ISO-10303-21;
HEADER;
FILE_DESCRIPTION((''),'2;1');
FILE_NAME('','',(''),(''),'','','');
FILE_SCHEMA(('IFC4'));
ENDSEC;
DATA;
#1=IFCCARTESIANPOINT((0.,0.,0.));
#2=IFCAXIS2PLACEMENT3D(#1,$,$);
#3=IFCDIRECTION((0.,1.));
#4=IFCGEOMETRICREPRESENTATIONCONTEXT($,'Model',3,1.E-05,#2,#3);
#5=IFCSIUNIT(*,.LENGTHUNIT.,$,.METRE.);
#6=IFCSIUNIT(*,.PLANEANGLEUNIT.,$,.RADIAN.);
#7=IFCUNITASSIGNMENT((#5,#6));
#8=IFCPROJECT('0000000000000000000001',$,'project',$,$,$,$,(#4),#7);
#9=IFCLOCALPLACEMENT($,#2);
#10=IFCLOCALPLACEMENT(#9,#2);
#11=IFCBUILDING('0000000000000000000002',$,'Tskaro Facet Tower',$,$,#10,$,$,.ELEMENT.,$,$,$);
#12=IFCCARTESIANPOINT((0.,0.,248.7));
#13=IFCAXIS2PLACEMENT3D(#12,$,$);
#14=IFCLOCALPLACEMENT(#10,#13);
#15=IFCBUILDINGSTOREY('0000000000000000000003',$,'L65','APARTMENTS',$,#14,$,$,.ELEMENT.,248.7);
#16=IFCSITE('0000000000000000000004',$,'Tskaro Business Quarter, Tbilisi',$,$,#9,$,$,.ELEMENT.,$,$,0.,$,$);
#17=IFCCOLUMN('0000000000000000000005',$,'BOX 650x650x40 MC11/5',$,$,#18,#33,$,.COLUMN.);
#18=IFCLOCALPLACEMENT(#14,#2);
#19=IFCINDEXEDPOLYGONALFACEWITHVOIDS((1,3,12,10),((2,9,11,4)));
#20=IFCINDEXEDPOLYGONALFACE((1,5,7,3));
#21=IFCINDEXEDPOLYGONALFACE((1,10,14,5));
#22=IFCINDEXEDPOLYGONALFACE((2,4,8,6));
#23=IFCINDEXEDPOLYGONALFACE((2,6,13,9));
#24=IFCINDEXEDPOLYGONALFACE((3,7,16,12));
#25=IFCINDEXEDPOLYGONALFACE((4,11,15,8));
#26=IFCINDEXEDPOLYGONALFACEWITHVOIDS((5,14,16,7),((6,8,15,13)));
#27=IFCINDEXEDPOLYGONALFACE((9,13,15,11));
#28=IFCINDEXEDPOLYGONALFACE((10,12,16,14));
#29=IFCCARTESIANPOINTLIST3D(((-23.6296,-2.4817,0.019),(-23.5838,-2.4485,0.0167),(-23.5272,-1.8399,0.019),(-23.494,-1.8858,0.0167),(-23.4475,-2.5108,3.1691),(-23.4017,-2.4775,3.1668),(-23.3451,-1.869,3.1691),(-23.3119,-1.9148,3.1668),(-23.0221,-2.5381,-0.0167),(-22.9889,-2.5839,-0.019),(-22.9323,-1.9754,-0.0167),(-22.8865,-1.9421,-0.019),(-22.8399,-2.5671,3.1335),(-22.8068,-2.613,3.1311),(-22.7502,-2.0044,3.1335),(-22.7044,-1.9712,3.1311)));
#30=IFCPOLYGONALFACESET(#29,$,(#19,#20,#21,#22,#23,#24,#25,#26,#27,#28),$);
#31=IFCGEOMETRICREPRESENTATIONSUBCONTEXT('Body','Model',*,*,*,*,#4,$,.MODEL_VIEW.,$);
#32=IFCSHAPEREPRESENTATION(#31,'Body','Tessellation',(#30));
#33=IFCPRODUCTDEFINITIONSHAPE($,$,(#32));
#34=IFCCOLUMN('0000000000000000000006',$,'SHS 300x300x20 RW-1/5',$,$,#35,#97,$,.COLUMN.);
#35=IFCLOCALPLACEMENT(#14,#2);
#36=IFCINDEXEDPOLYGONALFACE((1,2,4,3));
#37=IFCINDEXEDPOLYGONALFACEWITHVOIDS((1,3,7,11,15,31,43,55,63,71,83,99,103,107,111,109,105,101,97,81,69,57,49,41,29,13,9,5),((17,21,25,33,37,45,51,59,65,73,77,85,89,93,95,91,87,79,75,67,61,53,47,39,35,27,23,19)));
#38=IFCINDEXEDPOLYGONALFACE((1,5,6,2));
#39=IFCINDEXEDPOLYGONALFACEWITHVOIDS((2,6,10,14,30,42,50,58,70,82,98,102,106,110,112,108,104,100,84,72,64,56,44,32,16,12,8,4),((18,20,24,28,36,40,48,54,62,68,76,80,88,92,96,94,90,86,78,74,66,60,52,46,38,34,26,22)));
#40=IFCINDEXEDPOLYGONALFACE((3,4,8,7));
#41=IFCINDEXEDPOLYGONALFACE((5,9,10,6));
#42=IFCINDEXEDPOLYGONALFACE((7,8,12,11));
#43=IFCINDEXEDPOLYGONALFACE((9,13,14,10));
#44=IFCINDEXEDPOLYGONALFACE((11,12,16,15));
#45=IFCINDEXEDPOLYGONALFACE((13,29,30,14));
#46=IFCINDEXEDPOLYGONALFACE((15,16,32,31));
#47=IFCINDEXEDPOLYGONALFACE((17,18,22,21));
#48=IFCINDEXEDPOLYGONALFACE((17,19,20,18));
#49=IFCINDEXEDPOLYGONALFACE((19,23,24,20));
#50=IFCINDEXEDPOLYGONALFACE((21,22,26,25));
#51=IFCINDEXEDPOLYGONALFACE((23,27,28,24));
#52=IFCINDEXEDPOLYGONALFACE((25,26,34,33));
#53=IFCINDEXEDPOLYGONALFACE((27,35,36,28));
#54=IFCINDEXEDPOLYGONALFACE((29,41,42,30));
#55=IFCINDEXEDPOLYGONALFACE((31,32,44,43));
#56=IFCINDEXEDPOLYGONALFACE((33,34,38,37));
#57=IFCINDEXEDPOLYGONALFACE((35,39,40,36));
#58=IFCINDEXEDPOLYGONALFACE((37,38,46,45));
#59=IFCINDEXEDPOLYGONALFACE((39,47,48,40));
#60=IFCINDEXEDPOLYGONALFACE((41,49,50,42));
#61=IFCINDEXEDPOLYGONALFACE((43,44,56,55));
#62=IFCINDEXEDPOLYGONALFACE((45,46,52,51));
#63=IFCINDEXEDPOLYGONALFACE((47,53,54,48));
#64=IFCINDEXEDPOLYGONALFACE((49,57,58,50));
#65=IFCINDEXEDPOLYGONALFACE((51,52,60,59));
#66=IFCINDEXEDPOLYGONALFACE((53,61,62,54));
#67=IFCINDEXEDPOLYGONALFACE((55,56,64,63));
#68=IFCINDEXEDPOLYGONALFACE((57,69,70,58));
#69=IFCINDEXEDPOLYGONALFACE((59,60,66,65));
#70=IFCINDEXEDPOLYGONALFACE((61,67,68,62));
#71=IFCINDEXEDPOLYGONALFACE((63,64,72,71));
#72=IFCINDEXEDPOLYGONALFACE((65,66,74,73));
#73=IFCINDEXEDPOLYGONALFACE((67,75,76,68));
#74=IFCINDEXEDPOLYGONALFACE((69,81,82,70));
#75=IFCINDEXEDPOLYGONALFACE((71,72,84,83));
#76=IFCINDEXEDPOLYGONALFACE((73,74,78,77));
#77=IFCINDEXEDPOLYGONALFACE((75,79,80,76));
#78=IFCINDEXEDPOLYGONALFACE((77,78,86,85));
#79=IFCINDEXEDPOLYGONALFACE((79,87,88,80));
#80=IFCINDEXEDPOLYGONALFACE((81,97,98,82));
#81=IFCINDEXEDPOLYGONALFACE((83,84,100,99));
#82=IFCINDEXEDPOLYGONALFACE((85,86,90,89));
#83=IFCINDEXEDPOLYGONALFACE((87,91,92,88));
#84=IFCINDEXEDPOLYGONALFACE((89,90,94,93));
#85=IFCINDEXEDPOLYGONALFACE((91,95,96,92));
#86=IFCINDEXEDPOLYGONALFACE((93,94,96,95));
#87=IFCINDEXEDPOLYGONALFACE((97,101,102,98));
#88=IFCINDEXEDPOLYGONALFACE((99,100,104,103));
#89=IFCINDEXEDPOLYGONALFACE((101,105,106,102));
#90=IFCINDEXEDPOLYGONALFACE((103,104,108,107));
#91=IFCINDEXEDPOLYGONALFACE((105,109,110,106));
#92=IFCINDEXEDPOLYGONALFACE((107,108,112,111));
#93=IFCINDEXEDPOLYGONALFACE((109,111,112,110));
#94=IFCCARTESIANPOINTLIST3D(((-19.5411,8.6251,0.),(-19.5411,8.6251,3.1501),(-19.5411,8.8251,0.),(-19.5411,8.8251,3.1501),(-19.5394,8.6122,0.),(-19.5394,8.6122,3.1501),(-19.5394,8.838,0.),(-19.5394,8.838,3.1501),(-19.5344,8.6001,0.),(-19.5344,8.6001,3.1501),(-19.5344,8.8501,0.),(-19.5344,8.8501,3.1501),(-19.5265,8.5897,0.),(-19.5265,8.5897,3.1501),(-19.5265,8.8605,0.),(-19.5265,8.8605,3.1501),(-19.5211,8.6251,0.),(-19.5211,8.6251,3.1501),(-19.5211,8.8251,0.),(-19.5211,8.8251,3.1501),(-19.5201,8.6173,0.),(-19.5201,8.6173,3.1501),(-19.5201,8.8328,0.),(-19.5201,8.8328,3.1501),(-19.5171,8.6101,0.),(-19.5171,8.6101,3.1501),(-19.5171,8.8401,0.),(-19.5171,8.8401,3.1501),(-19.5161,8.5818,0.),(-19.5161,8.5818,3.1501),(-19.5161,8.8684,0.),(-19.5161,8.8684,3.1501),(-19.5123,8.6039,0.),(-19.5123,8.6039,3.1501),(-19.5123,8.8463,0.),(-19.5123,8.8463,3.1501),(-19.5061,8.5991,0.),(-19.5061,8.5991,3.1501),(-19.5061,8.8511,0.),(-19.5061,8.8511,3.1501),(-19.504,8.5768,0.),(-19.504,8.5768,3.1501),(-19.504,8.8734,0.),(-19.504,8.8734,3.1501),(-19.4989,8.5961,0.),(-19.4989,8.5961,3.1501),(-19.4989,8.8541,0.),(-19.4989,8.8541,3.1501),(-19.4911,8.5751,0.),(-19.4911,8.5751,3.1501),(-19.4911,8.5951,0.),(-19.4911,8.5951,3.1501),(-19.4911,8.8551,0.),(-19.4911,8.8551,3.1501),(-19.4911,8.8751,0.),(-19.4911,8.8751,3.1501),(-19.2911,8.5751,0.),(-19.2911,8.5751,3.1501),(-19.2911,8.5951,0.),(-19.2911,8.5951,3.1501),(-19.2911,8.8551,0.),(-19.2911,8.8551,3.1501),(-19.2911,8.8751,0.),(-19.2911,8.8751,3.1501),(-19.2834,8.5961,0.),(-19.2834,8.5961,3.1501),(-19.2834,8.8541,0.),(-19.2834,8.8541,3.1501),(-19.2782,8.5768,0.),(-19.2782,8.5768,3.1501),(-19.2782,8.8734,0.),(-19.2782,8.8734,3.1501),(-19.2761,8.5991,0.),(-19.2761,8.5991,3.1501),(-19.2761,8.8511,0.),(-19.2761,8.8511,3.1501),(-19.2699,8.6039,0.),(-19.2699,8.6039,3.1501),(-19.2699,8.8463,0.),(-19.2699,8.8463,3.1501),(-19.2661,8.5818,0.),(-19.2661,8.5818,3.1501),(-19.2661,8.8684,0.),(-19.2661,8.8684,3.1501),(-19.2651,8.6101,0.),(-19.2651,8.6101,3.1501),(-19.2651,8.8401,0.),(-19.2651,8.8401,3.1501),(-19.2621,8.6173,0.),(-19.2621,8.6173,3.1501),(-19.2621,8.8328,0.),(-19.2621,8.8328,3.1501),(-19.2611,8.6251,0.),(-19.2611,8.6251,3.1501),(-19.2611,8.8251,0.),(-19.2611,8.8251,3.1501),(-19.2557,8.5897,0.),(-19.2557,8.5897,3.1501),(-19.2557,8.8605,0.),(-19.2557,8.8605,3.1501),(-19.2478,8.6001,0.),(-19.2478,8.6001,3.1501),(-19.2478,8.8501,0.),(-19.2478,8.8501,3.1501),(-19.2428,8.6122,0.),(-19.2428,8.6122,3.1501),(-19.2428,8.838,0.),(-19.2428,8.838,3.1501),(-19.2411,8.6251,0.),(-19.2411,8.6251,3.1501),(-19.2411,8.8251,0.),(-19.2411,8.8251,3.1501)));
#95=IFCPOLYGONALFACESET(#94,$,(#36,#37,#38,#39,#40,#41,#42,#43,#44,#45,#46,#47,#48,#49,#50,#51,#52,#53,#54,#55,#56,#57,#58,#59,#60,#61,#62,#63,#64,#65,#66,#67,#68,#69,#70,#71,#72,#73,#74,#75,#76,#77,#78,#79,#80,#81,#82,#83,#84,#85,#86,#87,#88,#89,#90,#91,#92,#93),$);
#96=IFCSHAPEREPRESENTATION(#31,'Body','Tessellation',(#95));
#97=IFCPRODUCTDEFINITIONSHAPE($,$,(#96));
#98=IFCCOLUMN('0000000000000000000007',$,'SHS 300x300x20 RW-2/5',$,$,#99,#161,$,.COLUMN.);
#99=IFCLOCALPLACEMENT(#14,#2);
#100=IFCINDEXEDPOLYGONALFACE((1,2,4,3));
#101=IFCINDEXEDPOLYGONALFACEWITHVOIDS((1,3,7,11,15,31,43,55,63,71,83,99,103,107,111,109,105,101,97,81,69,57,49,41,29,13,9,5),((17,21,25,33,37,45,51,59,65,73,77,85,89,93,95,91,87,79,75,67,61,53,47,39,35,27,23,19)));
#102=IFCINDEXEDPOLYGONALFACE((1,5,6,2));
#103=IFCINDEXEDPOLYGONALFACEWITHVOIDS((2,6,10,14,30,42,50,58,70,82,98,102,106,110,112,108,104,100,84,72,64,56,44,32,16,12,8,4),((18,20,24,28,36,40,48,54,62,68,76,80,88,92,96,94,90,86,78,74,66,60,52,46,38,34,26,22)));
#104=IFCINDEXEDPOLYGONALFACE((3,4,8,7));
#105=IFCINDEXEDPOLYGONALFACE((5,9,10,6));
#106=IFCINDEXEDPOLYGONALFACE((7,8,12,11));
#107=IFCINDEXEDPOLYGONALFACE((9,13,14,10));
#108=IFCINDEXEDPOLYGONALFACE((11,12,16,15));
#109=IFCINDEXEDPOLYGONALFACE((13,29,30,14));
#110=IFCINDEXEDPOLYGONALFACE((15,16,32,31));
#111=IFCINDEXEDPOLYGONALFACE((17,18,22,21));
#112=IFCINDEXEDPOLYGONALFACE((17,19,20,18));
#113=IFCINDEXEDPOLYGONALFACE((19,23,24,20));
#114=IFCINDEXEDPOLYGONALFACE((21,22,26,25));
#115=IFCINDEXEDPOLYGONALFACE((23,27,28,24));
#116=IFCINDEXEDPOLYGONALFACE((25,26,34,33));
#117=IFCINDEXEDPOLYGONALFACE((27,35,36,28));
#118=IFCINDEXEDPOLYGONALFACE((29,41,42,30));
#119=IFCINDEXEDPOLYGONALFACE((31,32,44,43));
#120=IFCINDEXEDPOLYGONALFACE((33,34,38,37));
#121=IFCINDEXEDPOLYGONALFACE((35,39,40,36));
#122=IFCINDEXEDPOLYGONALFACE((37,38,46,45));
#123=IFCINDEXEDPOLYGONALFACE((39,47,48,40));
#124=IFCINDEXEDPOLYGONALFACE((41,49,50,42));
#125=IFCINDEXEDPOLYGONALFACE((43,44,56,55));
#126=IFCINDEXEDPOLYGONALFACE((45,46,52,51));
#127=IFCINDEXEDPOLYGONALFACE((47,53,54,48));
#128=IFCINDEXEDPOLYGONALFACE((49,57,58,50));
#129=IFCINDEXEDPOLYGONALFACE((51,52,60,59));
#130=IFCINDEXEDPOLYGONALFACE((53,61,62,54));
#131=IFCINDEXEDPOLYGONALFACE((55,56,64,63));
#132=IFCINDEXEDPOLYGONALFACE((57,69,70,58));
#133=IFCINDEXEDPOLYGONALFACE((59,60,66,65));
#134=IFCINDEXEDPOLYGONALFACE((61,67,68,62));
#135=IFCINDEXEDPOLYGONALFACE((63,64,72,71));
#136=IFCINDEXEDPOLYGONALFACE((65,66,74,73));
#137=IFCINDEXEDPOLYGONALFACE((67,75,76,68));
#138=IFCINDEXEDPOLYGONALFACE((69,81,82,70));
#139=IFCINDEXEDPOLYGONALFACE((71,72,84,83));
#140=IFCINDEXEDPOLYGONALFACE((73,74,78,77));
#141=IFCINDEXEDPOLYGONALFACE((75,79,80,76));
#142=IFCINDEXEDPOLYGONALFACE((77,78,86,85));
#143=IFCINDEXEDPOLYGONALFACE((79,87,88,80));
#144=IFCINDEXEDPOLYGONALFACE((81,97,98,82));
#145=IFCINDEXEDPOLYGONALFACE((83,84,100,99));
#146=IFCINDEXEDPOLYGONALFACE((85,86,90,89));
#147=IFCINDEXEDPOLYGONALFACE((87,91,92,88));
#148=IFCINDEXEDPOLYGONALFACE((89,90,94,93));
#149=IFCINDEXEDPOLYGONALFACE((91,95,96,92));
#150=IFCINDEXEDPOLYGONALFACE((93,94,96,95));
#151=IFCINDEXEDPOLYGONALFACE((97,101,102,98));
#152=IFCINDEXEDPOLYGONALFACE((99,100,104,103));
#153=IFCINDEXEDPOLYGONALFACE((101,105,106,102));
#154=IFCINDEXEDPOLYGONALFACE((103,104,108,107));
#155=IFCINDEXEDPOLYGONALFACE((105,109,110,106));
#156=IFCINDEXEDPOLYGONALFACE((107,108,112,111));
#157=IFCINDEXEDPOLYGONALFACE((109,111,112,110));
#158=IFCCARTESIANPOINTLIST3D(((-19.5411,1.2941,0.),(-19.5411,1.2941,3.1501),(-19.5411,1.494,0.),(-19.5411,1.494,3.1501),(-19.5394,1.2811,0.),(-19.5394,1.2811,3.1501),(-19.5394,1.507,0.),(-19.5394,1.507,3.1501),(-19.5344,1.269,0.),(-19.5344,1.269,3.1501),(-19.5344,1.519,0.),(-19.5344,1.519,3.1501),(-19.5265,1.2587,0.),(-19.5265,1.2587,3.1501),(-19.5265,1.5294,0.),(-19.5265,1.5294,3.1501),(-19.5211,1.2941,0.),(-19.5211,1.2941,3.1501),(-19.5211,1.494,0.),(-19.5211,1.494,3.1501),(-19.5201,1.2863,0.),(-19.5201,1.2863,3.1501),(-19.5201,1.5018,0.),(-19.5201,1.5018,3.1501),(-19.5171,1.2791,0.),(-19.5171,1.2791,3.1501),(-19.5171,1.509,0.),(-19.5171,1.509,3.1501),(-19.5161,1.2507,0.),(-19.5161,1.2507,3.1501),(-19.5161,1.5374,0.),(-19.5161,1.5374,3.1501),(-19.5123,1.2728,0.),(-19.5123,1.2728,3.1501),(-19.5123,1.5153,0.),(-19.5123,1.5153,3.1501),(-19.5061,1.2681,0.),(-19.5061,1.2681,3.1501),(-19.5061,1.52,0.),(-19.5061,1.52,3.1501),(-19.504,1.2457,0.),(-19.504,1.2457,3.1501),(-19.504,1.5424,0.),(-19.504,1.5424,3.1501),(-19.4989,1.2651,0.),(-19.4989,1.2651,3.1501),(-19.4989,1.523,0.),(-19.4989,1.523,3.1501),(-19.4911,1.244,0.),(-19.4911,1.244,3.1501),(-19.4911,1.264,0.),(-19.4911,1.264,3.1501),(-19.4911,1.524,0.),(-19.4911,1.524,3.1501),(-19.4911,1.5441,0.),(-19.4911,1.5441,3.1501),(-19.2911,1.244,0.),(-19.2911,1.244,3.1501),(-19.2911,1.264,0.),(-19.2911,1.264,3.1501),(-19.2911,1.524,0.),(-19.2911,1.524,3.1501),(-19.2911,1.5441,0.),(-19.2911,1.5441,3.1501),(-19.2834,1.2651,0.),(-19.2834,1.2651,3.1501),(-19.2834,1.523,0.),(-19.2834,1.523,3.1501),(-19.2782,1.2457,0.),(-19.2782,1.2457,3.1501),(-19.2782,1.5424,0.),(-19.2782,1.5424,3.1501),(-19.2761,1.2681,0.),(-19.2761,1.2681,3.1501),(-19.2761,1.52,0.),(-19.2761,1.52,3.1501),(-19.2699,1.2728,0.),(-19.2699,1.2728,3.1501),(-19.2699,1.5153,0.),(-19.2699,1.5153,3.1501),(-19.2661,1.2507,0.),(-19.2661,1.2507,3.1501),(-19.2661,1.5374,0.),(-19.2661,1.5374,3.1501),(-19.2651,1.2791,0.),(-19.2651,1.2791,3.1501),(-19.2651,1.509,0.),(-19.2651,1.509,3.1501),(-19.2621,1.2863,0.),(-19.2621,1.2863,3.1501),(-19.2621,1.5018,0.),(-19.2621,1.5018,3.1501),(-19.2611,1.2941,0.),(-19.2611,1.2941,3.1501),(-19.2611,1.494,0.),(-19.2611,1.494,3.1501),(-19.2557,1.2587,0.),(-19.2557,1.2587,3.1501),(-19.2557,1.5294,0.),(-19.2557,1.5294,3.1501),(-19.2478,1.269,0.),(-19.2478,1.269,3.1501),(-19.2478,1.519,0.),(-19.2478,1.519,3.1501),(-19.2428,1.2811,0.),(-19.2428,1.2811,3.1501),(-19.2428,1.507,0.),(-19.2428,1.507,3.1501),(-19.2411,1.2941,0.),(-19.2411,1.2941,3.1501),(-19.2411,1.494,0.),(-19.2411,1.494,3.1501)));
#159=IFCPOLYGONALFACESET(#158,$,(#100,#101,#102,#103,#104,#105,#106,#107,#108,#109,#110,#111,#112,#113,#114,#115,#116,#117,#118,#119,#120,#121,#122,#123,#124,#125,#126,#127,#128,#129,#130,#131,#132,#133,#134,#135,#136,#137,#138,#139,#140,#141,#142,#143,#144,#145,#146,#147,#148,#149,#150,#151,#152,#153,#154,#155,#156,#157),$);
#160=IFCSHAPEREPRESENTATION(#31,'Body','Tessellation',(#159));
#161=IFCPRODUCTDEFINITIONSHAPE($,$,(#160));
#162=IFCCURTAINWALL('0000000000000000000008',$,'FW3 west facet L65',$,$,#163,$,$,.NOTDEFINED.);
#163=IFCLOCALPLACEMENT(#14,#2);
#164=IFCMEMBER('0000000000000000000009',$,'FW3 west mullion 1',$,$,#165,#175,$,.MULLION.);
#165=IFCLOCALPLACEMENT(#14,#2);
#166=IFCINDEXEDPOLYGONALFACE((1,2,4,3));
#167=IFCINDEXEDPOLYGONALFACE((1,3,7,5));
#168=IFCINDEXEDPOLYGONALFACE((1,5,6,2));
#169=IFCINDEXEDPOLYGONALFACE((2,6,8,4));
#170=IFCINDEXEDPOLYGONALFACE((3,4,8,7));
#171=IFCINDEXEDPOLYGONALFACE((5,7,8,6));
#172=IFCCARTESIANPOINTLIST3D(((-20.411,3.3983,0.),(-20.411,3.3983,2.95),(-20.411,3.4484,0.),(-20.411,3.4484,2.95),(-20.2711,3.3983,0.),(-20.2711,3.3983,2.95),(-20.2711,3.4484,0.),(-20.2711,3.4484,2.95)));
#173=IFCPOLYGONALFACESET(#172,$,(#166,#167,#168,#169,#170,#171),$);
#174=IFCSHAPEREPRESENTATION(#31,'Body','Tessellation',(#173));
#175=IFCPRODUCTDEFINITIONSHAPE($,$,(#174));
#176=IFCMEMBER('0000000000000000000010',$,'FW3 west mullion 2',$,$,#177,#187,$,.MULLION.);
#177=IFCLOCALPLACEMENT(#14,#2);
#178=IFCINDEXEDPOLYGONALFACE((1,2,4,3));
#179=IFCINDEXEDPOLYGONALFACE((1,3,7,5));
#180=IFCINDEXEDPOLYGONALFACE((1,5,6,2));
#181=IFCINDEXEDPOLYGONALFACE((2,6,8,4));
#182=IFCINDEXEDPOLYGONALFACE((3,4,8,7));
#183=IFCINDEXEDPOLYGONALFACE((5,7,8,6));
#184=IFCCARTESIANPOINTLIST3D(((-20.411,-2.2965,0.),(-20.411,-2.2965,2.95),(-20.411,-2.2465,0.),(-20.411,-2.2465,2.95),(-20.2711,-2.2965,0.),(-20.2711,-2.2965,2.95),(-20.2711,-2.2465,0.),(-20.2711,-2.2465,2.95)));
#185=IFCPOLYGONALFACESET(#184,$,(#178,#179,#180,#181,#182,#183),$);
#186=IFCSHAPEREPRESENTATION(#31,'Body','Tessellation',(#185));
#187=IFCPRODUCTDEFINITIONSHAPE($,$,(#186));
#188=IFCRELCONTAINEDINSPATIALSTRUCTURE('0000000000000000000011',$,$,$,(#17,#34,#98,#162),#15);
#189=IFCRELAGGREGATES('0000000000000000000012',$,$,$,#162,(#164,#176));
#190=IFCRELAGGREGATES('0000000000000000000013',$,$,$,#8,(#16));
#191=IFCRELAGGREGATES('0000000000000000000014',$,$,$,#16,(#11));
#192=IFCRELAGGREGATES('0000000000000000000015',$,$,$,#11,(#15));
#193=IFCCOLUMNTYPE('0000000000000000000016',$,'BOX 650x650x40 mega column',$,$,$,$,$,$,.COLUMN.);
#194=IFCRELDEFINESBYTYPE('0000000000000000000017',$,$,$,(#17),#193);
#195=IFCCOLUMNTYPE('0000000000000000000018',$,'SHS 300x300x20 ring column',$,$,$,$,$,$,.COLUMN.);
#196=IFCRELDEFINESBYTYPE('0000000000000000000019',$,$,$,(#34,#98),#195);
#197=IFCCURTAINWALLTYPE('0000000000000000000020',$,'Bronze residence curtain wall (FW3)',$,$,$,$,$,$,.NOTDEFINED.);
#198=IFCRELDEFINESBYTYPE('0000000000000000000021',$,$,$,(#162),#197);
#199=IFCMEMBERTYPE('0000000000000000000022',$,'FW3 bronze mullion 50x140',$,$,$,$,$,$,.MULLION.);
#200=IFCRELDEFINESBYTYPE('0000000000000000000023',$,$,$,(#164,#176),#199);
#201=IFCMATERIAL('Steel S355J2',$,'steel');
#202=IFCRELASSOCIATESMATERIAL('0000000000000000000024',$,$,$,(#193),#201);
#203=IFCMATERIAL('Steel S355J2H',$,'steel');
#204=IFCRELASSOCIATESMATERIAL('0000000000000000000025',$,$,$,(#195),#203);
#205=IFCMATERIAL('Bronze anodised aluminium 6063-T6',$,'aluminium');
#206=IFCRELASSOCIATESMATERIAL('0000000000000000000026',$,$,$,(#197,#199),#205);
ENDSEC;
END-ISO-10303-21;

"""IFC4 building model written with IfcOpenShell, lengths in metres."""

from ifc_helpers import new_model, si_unit, direction, frame, origin, origin_2d, place, context, subcontext, project, spatial, rectangle, hollow_rectangle, extrude, material, material_profile, profile_set, type_object, element, aggregate, save


model = new_model("IFC4")

# Units and contexts
model_context = context("Model", 3, precision=1e-05, world=origin(), true_north=direction((0.0, 1.0)))
body_context = subcontext(model_context, "Body", "Model", "MODEL_VIEW")
ifc_project = project(units=[si_unit("LENGTHUNIT", "METRE"), si_unit("PLANEANGLEUNIT", "RADIAN")], contexts=[model_context])

# Site, building, storey
site_placement = place(None, origin())
site = spatial("IfcSite", under=ifc_project, at=site_placement, Name="Tskaro Business Quarter, Tbilisi", CompositionType="ELEMENT", RefElevation=0.0)
building_placement = place(site_placement, origin())
building = spatial("IfcBuilding", under=site, at=building_placement, Name="Tskaro Facet Tower", CompositionType="ELEMENT")
storey_placement = place(building_placement, frame((0.0, 0.0, 248.7)))
storey = spatial("IfcBuildingStorey", under=building, at=storey_placement, Name="L65", Description="APARTMENTS", CompositionType="ELEMENT", Elevation=248.7)

# Columns
ifc_material_1 = material(Name="Steel S355J2", Category="steel")
ifc_material_profile_1 = material_profile(ifc_material_1, hollow_rectangle(XDim=0.6499, YDim=0.6499, WallThickness=0.04, at=origin_2d()), Name="BOX 650x650x40")
ifc_profile_set_1 = profile_set([ifc_material_profile_1], Name="Steel S355J2")
column_type_1 = type_object("IfcColumnType", Name="BOX 650x650x40 mega column", PredefinedType="COLUMN", material=ifc_profile_set_1)
column_placement = place(storey_placement, frame((-23.2581, -2.2119, 0.0), z_axis=(0.057717, -0.009207, 0.998291), x_axis=(0.157526, 0.987515, 0.0)))
element("IfcColumn", 1, at=column_placement, inside=storey, type_object=column_type_1, Name="BOX 650x650x40 MC11/5", PredefinedType="COLUMN", context=body_context, shape_type="SweptSolid", body=[
    extrude(hollow_rectangle(XDim=0.6499, YDim=0.6499, WallThickness=0.04, at=origin_2d()), origin(), (0.0, 0.0, 1.0), 3.1555),
])
ifc_material_2 = material(Name="Steel S355J2H", Category="steel")
ifc_material_profile_2 = material_profile(ifc_material_2, hollow_rectangle(XDim=0.3, YDim=0.3, WallThickness=0.02, InnerFilletRadius=0.03, OuterFilletRadius=0.05, at=origin_2d()), Name="SHS 300x300x20")
ifc_profile_set_2 = profile_set([ifc_material_profile_2], Name="Steel S355J2H")
column_type_2 = type_object("IfcColumnType", Name="SHS 300x300x20 ring column", PredefinedType="COLUMN", material=ifc_profile_set_2)
for number, where, z_axis, x_axis, name in (
    (2, (-19.3911, 8.7251, 0.0), (0.0, 0.0, 1.0), (1.0, 0.0, 0.0), "SHS 300x300x20 RW-1/5"),
    (3, (-19.3911, 1.394, 0.0), (0.0, 0.0, 1.0), (1.0, 0.0, 0.0), "SHS 300x300x20 RW-2/5"),
):
    element("IfcColumn", number, at=place(storey_placement, frame(where, z_axis=z_axis, x_axis=x_axis)), inside=storey, type_object=column_type_2, Name=name, PredefinedType="COLUMN", context=body_context, shape_type="SweptSolid", body=[
        extrude(hollow_rectangle(XDim=0.3, YDim=0.3, WallThickness=0.02, InnerFilletRadius=0.03, OuterFilletRadius=0.05, at=origin_2d()), origin(), (0.0, 0.0, 1.0), 3.1501),
    ])

# Curtain wall, members
ifc_material_3 = material(Name="Bronze anodised aluminium 6063-T6", Category="aluminium")
curtain_wall_type = type_object("IfcCurtainWallType", Name="Bronze residence curtain wall (FW3)", PredefinedType="NOTDEFINED", material=ifc_material_3)
curtain_wall_placement = place(storey_placement, origin())
curtain_wall = element("IfcCurtainWall", 4, at=curtain_wall_placement, inside=storey, type_object=curtain_wall_type, Name="FW3 west facet L65", PredefinedType="NOTDEFINED")
ifc_material_profile_3 = material_profile(ifc_material_3, rectangle(XDim=0.05, YDim=0.1399, at=origin_2d()), Name="Mullion 50x140")
ifc_profile_set_3 = profile_set([ifc_material_profile_3], Name="Bronze anodised aluminium 6063-T6")
member_type_1 = type_object("IfcMemberType", Name="FW3 bronze mullion 50x140", PredefinedType="MULLION", material=ifc_profile_set_3)
member_1_placement = place(storey_placement, frame((-20.3411, 3.4233, 0.0), z_axis=(0.0, 0.0, 1.0), x_axis=(0.0, -1.0, 0.0)))
member_1 = element("IfcMember", 5, at=member_1_placement, type_object=member_type_1, Name="FW3 west mullion 1", PredefinedType="MULLION", context=body_context, shape_type="SweptSolid", body=[
    extrude(rectangle(XDim=0.05, YDim=0.1399, at=origin_2d()), origin(), (0.0, 0.0, 1.0), 2.95),
])
member_2_placement = place(storey_placement, frame((-20.3411, -2.2715, 0.0), z_axis=(0.0, 0.0, 1.0), x_axis=(0.0, -1.0, 0.0)))
member_2 = element("IfcMember", 6, at=member_2_placement, type_object=member_type_1, Name="FW3 west mullion 2", PredefinedType="MULLION", context=body_context, shape_type="SweptSolid", body=[
    extrude(rectangle(XDim=0.05, YDim=0.1399, at=origin_2d()), origin(), (0.0, 0.0, 1.0), 2.95),
])

aggregate(curtain_wall, [member_1, member_2])

save(model, "model.ifc")
